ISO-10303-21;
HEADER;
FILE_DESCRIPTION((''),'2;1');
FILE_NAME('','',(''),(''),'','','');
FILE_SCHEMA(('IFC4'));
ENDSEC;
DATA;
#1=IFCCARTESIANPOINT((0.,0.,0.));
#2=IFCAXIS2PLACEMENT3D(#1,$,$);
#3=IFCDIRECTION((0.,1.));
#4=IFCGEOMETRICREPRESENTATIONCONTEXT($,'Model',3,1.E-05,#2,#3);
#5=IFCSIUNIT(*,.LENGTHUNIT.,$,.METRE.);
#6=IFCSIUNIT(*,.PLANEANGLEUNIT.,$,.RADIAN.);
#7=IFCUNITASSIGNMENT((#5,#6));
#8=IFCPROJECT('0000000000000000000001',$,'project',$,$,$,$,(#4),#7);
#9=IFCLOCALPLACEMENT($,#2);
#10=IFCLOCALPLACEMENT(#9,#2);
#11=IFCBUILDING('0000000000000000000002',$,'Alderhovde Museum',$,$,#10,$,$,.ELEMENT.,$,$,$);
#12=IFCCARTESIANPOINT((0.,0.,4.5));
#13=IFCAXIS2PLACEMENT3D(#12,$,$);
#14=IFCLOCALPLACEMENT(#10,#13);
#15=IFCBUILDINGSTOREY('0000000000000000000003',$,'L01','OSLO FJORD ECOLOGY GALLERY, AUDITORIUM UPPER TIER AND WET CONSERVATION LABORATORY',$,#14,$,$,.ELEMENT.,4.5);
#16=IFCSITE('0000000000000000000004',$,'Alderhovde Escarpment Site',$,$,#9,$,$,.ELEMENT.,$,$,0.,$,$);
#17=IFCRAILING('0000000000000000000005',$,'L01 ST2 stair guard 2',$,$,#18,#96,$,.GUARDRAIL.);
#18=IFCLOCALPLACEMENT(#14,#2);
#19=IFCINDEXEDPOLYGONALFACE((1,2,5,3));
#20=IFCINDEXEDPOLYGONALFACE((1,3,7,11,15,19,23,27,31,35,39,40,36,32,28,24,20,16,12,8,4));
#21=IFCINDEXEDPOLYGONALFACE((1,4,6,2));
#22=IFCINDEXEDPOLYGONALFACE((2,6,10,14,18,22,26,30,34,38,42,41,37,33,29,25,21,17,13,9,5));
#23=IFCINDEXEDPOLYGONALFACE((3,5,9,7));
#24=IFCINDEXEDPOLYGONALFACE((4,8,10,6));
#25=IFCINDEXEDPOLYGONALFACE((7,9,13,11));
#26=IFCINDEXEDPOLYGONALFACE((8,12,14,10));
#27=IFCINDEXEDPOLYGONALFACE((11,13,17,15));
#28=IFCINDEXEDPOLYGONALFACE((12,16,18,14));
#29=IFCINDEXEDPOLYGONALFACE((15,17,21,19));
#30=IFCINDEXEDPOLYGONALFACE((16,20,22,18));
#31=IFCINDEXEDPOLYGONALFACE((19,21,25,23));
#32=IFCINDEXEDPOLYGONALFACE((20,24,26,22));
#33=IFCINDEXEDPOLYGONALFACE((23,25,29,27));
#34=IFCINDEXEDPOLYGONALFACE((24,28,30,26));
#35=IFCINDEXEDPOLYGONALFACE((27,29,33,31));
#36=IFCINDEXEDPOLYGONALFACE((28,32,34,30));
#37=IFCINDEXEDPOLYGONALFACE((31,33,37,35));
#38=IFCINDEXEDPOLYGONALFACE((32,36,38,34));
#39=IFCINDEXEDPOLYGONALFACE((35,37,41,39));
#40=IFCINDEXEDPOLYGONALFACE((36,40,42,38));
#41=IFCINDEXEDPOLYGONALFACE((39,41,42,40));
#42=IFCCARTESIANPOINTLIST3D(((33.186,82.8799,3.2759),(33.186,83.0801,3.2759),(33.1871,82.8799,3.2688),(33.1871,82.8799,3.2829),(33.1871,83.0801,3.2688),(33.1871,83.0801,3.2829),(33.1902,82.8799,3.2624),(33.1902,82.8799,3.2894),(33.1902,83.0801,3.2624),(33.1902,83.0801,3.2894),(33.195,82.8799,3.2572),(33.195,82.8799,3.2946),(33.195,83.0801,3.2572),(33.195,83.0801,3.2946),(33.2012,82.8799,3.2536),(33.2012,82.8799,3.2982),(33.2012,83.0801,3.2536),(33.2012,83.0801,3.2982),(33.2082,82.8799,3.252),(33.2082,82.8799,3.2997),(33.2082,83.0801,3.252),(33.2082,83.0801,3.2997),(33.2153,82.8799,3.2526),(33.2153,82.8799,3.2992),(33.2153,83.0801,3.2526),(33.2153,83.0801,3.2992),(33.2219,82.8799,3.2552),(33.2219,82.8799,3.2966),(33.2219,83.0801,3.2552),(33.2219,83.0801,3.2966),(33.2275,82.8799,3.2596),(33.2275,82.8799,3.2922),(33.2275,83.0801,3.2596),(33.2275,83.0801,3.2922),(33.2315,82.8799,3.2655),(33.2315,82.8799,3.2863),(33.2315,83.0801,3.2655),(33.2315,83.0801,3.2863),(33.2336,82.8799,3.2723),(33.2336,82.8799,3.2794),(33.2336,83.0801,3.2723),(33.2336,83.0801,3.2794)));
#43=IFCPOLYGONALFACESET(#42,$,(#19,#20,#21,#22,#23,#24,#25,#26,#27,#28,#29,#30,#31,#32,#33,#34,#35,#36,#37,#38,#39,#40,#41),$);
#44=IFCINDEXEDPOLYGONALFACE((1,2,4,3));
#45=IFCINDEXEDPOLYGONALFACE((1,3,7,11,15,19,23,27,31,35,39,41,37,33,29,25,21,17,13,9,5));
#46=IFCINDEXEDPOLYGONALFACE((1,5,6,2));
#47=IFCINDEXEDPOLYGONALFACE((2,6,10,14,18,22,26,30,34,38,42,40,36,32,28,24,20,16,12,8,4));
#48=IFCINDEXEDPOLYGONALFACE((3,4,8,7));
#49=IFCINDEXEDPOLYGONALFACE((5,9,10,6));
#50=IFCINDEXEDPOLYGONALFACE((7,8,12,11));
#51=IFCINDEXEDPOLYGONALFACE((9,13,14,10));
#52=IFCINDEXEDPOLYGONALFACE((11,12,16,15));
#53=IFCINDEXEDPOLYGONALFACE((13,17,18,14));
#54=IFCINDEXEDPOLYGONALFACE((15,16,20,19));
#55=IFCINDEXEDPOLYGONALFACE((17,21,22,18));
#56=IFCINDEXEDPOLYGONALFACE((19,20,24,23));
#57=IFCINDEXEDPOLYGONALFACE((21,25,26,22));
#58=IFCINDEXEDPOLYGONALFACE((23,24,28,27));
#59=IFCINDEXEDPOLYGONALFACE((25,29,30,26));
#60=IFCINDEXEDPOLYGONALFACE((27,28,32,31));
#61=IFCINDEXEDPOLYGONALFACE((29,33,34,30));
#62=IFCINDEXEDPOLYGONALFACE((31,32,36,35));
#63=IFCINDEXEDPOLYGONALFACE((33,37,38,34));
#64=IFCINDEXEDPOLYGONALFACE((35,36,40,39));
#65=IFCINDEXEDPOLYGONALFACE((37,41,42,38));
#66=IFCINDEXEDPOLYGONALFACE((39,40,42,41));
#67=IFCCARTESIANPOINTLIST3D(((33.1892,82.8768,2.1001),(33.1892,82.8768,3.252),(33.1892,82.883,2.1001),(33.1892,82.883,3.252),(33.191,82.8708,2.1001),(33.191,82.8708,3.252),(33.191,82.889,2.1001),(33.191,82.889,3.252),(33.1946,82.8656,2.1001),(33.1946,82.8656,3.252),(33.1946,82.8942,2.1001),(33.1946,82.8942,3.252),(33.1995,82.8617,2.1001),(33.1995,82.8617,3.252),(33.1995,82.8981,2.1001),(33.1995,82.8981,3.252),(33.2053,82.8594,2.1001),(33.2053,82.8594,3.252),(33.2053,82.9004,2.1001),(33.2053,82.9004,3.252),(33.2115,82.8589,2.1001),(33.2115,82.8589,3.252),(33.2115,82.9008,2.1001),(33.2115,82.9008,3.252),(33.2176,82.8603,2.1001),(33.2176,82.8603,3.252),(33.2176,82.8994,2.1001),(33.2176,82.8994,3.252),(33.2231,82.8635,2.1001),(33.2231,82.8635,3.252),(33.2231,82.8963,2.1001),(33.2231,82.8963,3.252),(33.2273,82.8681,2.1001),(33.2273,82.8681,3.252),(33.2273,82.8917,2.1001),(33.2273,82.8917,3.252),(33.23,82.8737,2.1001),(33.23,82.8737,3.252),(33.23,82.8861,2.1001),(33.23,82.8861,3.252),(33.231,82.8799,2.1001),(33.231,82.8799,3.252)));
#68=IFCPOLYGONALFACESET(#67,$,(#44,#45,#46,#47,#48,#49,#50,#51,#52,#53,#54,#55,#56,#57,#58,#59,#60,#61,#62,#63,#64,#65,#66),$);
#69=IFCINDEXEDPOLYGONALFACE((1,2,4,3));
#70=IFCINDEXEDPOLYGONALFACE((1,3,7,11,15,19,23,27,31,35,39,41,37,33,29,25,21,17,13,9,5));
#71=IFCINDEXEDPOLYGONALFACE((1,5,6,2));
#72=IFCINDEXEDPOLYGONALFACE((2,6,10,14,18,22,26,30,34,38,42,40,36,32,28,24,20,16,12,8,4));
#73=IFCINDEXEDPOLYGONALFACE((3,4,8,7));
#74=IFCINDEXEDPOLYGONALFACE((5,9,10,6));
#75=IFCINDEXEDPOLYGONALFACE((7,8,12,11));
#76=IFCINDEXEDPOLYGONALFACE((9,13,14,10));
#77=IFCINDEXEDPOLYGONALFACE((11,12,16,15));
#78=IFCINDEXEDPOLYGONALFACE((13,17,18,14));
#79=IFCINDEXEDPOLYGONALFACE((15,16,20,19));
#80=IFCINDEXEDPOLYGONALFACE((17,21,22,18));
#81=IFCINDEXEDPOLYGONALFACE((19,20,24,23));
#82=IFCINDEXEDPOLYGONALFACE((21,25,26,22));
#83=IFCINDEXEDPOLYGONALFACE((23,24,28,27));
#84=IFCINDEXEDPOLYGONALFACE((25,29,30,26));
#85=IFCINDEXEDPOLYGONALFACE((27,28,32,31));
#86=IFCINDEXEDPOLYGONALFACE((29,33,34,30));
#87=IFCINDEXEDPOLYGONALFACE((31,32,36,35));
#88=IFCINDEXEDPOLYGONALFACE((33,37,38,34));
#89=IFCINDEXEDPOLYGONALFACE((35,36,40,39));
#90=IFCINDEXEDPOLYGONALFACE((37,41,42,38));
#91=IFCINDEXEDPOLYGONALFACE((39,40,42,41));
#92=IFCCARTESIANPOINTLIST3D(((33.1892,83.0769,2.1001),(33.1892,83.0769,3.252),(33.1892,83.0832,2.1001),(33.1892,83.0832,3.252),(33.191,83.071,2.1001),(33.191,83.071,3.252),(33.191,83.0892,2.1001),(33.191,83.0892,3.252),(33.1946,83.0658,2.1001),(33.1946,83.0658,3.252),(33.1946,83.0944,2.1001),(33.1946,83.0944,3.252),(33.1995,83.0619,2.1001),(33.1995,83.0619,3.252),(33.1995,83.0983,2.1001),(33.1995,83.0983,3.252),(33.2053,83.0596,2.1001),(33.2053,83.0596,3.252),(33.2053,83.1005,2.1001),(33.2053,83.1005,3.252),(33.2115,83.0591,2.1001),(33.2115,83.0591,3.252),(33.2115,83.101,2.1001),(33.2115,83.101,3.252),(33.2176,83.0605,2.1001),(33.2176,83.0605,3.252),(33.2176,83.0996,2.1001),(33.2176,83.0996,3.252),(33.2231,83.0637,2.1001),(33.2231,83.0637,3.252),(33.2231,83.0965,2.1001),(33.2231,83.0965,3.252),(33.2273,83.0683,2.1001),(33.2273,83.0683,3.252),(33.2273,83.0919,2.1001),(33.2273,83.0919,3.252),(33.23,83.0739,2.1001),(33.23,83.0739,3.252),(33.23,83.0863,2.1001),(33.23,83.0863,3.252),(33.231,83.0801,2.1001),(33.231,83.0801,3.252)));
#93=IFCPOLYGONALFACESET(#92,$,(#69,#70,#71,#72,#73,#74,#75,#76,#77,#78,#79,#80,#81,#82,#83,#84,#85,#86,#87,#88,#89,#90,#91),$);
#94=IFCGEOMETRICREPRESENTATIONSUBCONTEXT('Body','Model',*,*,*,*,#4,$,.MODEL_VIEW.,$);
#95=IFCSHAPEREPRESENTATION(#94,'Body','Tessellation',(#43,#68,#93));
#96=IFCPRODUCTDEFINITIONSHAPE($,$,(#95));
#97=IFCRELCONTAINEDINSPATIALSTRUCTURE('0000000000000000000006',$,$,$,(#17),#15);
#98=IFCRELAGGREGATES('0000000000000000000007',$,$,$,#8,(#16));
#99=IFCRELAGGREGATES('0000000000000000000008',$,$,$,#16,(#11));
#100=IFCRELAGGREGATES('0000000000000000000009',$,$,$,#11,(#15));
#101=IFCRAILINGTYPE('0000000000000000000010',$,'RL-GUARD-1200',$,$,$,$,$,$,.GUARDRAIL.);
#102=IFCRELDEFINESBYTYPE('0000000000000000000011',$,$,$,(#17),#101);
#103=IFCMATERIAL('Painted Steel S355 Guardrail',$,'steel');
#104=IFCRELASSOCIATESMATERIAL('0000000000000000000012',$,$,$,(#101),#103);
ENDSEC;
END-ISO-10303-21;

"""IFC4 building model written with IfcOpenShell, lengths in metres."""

from ifc_helpers import new_model, si_unit, direction, frame, origin, origin_2d, place, context, subcontext, project, spatial, circle, extrude, material, type_object, element, save


model = new_model("IFC4")

# Units and contexts
model_context = context("Model", 3, precision=1e-05, world=origin(), true_north=direction((0.0, 1.0)))
body_context = subcontext(model_context, "Body", "Model", "MODEL_VIEW")
ifc_project = project(units=[si_unit("LENGTHUNIT", "METRE"), si_unit("PLANEANGLEUNIT", "RADIAN")], contexts=[model_context])

# Site, building, storey
site_placement = place(None, origin())
site = spatial("IfcSite", under=ifc_project, at=site_placement, Name="Alderhovde Escarpment Site", CompositionType="ELEMENT", RefElevation=0.0)
building_placement = place(site_placement, origin())
building = spatial("IfcBuilding", under=site, at=building_placement, Name="Alderhovde Museum", CompositionType="ELEMENT")
storey_placement = place(building_placement, frame((0.0, 0.0, 4.5)))
storey = spatial("IfcBuildingStorey", under=building, at=storey_placement, Name="L01", Description="OSLO FJORD ECOLOGY GALLERY, AUDITORIUM UPPER TIER AND WET CONSERVATION LABORATORY", CompositionType="ELEMENT", Elevation=4.5)

# Railing
ifc_material_1 = material(Name="Painted Steel S355 Guardrail", Category="steel")
railing_type_1 = type_object("IfcRailingType", Name="RL-GUARD-1200", PredefinedType="GUARDRAIL", material=ifc_material_1)
railing_1_placement = place(storey_placement, frame((33.21, 82.8799, 2.1001)))
element("IfcRailing", 1, at=railing_1_placement, inside=storey, type_object=railing_type_1, Name="L01 ST2 stair guard 2", PredefinedType="GUARDRAIL", context=body_context, shape_type="SweptSolid", body=[
    extrude(circle(Radius=0.0239, at=origin_2d()), frame((0.0, 0.0, 1.1758), z_axis=(0.0, 1.0, 0.0), x_axis=(-1.0, 0.0, 0.0)), (0.0, 0.0, 1.0), 0.2002),
    extrude(circle(Radius=0.021, at=origin_2d()), origin(), (0.0, 0.0, 1.0), 1.1519),
    extrude(circle(Radius=0.021, at=origin_2d()), frame((0.0, 0.2002, 0.0)), (0.0, 0.0, 1.0), 1.1519),
])

save(model, "model.ifc")
